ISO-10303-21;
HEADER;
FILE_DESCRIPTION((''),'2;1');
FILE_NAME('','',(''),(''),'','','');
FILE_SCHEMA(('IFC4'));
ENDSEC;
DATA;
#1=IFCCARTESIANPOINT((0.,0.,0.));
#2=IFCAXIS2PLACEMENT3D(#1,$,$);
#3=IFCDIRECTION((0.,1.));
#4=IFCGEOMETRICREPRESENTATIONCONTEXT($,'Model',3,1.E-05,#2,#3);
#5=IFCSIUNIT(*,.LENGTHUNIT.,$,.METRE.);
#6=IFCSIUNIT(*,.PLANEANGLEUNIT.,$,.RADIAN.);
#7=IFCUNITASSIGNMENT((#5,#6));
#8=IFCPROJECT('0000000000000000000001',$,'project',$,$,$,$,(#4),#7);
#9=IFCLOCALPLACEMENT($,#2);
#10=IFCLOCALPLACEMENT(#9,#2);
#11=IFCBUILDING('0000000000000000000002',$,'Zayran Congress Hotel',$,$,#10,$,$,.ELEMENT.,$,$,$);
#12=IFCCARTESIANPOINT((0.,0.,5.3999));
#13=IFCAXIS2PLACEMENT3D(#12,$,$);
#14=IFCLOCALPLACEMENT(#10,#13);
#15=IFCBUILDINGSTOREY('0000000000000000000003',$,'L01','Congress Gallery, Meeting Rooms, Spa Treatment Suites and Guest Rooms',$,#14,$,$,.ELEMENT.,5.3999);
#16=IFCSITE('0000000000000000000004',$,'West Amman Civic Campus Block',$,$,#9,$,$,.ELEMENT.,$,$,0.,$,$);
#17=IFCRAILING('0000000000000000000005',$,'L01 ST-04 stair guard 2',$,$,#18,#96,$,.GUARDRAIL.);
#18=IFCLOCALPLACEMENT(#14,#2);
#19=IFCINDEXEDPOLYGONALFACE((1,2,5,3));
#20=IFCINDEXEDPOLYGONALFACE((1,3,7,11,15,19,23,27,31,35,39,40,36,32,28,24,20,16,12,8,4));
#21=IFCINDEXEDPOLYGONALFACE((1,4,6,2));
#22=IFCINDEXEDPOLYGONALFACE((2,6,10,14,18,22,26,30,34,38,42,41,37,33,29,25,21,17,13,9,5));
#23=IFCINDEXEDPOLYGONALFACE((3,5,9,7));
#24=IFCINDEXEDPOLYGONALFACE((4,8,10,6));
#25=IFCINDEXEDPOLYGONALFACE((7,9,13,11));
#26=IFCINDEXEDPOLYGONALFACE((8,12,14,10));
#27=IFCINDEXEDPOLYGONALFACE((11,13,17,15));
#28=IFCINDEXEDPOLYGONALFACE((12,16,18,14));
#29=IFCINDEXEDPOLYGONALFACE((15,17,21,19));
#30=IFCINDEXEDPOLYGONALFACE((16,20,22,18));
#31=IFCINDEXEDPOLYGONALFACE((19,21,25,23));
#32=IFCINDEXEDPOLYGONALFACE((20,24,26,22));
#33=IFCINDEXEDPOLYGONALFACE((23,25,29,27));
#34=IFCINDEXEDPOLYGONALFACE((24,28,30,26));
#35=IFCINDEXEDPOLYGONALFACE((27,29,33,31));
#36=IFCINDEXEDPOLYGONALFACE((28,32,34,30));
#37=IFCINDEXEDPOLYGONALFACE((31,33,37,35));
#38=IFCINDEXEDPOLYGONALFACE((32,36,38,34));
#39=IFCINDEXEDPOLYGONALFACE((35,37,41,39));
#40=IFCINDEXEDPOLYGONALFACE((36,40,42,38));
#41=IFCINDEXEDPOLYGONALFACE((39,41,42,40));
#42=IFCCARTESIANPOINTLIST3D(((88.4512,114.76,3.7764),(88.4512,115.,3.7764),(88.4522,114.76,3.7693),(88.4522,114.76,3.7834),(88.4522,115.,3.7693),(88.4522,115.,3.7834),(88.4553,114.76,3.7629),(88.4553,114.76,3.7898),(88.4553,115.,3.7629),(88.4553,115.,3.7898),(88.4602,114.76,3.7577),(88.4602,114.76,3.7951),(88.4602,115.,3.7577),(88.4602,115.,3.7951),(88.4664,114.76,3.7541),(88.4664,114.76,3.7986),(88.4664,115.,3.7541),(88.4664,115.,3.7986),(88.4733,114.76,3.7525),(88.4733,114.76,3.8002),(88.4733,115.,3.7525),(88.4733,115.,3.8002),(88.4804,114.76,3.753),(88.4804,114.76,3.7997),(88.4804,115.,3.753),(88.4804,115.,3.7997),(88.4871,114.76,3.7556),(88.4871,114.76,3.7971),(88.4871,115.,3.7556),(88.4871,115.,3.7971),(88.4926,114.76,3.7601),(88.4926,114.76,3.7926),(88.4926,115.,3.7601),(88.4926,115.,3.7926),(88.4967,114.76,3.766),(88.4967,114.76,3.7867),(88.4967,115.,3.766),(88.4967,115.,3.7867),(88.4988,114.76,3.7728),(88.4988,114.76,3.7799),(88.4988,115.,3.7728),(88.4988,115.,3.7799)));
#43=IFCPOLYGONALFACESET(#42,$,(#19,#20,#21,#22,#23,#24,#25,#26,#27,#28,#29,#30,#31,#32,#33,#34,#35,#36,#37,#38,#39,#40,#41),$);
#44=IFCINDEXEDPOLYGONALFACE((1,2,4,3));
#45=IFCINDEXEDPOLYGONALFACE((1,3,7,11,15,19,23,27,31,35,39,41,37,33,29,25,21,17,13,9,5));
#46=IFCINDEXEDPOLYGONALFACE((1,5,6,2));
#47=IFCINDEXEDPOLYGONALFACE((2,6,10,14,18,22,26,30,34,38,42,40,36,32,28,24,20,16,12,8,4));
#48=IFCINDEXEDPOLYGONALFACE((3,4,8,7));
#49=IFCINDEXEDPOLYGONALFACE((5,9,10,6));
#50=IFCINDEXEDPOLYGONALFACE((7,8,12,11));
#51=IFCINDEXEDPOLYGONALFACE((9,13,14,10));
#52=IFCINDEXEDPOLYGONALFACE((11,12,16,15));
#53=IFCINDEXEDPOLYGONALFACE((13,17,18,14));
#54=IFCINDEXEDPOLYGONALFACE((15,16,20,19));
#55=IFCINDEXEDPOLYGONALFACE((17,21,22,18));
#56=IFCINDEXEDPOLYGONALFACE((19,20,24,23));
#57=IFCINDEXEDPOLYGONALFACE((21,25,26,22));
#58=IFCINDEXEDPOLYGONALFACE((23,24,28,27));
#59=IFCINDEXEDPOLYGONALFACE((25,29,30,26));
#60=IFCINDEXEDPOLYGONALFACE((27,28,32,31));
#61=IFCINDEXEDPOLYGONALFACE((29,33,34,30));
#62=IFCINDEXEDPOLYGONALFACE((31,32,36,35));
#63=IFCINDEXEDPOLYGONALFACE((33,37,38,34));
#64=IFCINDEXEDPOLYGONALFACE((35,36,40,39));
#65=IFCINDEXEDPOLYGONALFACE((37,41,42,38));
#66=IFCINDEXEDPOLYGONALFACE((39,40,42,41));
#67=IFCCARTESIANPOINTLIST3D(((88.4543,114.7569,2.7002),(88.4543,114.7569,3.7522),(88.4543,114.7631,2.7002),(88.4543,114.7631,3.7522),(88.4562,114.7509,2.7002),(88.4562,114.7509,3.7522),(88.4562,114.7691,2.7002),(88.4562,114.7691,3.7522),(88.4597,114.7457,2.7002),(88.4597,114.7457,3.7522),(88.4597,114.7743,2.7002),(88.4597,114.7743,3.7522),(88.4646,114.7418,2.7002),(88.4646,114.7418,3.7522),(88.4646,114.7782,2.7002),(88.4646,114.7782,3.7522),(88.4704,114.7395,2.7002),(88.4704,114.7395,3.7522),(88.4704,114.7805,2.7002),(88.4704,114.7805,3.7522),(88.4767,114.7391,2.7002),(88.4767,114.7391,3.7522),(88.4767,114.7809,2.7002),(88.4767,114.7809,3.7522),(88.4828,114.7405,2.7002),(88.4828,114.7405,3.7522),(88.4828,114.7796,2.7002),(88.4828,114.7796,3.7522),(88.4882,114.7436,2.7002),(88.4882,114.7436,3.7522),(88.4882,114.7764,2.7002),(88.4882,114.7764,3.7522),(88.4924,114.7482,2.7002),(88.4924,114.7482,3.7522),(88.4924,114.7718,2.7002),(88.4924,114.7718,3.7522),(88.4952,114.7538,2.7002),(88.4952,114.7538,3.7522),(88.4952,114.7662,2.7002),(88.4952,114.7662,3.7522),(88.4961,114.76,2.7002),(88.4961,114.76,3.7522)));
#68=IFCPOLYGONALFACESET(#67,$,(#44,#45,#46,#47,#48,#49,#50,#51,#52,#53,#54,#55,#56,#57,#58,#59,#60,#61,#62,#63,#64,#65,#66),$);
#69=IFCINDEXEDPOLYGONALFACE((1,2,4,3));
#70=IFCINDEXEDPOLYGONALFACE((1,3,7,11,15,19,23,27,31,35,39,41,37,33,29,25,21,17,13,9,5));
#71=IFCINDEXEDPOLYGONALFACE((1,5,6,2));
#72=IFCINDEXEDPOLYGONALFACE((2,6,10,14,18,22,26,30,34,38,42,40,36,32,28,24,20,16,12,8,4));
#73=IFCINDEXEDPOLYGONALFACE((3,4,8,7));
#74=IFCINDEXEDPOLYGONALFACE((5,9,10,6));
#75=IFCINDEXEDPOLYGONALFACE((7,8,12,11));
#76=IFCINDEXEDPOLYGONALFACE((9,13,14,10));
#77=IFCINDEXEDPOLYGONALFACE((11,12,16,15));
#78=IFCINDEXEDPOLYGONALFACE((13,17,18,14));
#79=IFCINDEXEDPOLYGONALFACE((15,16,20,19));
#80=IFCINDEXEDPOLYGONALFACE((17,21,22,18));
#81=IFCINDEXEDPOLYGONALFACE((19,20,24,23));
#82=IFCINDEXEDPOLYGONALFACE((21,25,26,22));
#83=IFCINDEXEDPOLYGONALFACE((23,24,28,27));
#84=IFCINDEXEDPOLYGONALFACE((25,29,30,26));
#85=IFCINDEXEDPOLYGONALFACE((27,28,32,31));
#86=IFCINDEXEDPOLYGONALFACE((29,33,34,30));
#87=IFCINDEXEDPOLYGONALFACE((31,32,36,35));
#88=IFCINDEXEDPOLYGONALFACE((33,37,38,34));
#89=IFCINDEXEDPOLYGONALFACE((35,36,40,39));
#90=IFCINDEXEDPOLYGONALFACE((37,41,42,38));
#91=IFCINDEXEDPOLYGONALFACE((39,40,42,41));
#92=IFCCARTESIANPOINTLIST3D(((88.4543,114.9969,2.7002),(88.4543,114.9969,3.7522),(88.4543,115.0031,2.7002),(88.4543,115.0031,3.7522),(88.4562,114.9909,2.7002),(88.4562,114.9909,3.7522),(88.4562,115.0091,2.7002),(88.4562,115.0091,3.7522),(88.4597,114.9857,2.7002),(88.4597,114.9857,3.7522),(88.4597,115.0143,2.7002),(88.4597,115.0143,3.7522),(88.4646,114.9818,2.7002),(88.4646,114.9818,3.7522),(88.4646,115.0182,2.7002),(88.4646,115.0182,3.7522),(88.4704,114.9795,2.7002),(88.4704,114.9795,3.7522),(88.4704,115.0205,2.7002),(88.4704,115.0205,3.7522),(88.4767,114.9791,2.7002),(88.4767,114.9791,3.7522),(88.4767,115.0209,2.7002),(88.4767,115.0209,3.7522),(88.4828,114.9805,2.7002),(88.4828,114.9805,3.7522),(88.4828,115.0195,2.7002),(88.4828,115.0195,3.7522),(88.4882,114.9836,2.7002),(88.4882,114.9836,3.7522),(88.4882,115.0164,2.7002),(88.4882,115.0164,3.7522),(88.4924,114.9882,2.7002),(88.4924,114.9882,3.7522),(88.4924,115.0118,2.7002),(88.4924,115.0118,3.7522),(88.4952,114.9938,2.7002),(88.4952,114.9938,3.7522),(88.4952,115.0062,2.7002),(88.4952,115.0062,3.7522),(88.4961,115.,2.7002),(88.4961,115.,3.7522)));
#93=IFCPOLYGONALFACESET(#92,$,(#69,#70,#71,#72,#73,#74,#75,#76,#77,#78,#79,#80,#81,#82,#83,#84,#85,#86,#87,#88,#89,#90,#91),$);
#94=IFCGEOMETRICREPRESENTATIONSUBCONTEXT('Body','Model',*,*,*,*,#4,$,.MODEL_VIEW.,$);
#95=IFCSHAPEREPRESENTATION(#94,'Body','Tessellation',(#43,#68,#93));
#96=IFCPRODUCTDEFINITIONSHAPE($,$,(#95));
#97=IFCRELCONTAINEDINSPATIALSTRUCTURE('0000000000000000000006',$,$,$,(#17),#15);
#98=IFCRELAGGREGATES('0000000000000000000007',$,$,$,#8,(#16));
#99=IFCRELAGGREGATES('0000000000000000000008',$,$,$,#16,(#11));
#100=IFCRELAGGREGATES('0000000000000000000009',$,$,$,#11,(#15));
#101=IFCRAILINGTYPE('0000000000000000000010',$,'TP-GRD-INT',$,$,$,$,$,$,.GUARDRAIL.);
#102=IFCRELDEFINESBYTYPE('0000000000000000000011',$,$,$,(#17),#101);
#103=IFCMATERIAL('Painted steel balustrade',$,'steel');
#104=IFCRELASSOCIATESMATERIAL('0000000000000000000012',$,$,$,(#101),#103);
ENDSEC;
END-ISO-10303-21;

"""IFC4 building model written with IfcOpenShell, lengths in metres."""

from ifc_helpers import new_model, si_unit, direction, frame, origin, origin_2d, place, context, subcontext, project, spatial, circle, extrude, material, type_object, element, save


model = new_model("IFC4")

# Units and contexts
model_context = context("Model", 3, precision=1e-05, world=origin(), true_north=direction((0.0, 1.0)))
body_context = subcontext(model_context, "Body", "Model", "MODEL_VIEW")
ifc_project = project(units=[si_unit("LENGTHUNIT", "METRE"), si_unit("PLANEANGLEUNIT", "RADIAN")], contexts=[model_context])

# Site, building, storey
site_placement = place(None, origin())
site = spatial("IfcSite", under=ifc_project, at=site_placement, Name="West Amman Civic Campus Block", CompositionType="ELEMENT", RefElevation=0.0)
building_placement = place(site_placement, origin())
building = spatial("IfcBuilding", under=site, at=building_placement, Name="Zayran Congress Hotel", CompositionType="ELEMENT")
storey_placement = place(building_placement, frame((0.0, 0.0, 5.3999)))
storey = spatial("IfcBuildingStorey", under=building, at=storey_placement, Name="L01", Description="Congress Gallery, Meeting Rooms, Spa Treatment Suites and Guest Rooms", CompositionType="ELEMENT", Elevation=5.3999)

# Railing
ifc_material_1 = material(Name="Painted steel balustrade", Category="steel")
railing_type_1 = type_object("IfcRailingType", Name="TP-GRD-INT", PredefinedType="GUARDRAIL", material=ifc_material_1)
railing_1_placement = place(storey_placement, frame((88.4751, 114.76, 2.7002)))
element("IfcRailing", 1, at=railing_1_placement, inside=storey, type_object=railing_type_1, Name="L01 ST-04 stair guard 2", PredefinedType="GUARDRAIL", context=body_context, shape_type="SweptSolid", body=[
    extrude(circle(Radius=0.0239, at=origin_2d()), frame((0.0, 0.0, 1.0762), z_axis=(0.0, 1.0, 0.0), x_axis=(-1.0, 0.0, 0.0)), (0.0, 0.0, 1.0), 0.24),
    extrude(circle(Radius=0.021, at=origin_2d()), origin(), (0.0, 0.0, 1.0), 1.052),
    extrude(circle(Radius=0.021, at=origin_2d()), frame((0.0, 0.24, 0.0)), (0.0, 0.0, 1.0), 1.052),
])

save(model, "model.ifc")
